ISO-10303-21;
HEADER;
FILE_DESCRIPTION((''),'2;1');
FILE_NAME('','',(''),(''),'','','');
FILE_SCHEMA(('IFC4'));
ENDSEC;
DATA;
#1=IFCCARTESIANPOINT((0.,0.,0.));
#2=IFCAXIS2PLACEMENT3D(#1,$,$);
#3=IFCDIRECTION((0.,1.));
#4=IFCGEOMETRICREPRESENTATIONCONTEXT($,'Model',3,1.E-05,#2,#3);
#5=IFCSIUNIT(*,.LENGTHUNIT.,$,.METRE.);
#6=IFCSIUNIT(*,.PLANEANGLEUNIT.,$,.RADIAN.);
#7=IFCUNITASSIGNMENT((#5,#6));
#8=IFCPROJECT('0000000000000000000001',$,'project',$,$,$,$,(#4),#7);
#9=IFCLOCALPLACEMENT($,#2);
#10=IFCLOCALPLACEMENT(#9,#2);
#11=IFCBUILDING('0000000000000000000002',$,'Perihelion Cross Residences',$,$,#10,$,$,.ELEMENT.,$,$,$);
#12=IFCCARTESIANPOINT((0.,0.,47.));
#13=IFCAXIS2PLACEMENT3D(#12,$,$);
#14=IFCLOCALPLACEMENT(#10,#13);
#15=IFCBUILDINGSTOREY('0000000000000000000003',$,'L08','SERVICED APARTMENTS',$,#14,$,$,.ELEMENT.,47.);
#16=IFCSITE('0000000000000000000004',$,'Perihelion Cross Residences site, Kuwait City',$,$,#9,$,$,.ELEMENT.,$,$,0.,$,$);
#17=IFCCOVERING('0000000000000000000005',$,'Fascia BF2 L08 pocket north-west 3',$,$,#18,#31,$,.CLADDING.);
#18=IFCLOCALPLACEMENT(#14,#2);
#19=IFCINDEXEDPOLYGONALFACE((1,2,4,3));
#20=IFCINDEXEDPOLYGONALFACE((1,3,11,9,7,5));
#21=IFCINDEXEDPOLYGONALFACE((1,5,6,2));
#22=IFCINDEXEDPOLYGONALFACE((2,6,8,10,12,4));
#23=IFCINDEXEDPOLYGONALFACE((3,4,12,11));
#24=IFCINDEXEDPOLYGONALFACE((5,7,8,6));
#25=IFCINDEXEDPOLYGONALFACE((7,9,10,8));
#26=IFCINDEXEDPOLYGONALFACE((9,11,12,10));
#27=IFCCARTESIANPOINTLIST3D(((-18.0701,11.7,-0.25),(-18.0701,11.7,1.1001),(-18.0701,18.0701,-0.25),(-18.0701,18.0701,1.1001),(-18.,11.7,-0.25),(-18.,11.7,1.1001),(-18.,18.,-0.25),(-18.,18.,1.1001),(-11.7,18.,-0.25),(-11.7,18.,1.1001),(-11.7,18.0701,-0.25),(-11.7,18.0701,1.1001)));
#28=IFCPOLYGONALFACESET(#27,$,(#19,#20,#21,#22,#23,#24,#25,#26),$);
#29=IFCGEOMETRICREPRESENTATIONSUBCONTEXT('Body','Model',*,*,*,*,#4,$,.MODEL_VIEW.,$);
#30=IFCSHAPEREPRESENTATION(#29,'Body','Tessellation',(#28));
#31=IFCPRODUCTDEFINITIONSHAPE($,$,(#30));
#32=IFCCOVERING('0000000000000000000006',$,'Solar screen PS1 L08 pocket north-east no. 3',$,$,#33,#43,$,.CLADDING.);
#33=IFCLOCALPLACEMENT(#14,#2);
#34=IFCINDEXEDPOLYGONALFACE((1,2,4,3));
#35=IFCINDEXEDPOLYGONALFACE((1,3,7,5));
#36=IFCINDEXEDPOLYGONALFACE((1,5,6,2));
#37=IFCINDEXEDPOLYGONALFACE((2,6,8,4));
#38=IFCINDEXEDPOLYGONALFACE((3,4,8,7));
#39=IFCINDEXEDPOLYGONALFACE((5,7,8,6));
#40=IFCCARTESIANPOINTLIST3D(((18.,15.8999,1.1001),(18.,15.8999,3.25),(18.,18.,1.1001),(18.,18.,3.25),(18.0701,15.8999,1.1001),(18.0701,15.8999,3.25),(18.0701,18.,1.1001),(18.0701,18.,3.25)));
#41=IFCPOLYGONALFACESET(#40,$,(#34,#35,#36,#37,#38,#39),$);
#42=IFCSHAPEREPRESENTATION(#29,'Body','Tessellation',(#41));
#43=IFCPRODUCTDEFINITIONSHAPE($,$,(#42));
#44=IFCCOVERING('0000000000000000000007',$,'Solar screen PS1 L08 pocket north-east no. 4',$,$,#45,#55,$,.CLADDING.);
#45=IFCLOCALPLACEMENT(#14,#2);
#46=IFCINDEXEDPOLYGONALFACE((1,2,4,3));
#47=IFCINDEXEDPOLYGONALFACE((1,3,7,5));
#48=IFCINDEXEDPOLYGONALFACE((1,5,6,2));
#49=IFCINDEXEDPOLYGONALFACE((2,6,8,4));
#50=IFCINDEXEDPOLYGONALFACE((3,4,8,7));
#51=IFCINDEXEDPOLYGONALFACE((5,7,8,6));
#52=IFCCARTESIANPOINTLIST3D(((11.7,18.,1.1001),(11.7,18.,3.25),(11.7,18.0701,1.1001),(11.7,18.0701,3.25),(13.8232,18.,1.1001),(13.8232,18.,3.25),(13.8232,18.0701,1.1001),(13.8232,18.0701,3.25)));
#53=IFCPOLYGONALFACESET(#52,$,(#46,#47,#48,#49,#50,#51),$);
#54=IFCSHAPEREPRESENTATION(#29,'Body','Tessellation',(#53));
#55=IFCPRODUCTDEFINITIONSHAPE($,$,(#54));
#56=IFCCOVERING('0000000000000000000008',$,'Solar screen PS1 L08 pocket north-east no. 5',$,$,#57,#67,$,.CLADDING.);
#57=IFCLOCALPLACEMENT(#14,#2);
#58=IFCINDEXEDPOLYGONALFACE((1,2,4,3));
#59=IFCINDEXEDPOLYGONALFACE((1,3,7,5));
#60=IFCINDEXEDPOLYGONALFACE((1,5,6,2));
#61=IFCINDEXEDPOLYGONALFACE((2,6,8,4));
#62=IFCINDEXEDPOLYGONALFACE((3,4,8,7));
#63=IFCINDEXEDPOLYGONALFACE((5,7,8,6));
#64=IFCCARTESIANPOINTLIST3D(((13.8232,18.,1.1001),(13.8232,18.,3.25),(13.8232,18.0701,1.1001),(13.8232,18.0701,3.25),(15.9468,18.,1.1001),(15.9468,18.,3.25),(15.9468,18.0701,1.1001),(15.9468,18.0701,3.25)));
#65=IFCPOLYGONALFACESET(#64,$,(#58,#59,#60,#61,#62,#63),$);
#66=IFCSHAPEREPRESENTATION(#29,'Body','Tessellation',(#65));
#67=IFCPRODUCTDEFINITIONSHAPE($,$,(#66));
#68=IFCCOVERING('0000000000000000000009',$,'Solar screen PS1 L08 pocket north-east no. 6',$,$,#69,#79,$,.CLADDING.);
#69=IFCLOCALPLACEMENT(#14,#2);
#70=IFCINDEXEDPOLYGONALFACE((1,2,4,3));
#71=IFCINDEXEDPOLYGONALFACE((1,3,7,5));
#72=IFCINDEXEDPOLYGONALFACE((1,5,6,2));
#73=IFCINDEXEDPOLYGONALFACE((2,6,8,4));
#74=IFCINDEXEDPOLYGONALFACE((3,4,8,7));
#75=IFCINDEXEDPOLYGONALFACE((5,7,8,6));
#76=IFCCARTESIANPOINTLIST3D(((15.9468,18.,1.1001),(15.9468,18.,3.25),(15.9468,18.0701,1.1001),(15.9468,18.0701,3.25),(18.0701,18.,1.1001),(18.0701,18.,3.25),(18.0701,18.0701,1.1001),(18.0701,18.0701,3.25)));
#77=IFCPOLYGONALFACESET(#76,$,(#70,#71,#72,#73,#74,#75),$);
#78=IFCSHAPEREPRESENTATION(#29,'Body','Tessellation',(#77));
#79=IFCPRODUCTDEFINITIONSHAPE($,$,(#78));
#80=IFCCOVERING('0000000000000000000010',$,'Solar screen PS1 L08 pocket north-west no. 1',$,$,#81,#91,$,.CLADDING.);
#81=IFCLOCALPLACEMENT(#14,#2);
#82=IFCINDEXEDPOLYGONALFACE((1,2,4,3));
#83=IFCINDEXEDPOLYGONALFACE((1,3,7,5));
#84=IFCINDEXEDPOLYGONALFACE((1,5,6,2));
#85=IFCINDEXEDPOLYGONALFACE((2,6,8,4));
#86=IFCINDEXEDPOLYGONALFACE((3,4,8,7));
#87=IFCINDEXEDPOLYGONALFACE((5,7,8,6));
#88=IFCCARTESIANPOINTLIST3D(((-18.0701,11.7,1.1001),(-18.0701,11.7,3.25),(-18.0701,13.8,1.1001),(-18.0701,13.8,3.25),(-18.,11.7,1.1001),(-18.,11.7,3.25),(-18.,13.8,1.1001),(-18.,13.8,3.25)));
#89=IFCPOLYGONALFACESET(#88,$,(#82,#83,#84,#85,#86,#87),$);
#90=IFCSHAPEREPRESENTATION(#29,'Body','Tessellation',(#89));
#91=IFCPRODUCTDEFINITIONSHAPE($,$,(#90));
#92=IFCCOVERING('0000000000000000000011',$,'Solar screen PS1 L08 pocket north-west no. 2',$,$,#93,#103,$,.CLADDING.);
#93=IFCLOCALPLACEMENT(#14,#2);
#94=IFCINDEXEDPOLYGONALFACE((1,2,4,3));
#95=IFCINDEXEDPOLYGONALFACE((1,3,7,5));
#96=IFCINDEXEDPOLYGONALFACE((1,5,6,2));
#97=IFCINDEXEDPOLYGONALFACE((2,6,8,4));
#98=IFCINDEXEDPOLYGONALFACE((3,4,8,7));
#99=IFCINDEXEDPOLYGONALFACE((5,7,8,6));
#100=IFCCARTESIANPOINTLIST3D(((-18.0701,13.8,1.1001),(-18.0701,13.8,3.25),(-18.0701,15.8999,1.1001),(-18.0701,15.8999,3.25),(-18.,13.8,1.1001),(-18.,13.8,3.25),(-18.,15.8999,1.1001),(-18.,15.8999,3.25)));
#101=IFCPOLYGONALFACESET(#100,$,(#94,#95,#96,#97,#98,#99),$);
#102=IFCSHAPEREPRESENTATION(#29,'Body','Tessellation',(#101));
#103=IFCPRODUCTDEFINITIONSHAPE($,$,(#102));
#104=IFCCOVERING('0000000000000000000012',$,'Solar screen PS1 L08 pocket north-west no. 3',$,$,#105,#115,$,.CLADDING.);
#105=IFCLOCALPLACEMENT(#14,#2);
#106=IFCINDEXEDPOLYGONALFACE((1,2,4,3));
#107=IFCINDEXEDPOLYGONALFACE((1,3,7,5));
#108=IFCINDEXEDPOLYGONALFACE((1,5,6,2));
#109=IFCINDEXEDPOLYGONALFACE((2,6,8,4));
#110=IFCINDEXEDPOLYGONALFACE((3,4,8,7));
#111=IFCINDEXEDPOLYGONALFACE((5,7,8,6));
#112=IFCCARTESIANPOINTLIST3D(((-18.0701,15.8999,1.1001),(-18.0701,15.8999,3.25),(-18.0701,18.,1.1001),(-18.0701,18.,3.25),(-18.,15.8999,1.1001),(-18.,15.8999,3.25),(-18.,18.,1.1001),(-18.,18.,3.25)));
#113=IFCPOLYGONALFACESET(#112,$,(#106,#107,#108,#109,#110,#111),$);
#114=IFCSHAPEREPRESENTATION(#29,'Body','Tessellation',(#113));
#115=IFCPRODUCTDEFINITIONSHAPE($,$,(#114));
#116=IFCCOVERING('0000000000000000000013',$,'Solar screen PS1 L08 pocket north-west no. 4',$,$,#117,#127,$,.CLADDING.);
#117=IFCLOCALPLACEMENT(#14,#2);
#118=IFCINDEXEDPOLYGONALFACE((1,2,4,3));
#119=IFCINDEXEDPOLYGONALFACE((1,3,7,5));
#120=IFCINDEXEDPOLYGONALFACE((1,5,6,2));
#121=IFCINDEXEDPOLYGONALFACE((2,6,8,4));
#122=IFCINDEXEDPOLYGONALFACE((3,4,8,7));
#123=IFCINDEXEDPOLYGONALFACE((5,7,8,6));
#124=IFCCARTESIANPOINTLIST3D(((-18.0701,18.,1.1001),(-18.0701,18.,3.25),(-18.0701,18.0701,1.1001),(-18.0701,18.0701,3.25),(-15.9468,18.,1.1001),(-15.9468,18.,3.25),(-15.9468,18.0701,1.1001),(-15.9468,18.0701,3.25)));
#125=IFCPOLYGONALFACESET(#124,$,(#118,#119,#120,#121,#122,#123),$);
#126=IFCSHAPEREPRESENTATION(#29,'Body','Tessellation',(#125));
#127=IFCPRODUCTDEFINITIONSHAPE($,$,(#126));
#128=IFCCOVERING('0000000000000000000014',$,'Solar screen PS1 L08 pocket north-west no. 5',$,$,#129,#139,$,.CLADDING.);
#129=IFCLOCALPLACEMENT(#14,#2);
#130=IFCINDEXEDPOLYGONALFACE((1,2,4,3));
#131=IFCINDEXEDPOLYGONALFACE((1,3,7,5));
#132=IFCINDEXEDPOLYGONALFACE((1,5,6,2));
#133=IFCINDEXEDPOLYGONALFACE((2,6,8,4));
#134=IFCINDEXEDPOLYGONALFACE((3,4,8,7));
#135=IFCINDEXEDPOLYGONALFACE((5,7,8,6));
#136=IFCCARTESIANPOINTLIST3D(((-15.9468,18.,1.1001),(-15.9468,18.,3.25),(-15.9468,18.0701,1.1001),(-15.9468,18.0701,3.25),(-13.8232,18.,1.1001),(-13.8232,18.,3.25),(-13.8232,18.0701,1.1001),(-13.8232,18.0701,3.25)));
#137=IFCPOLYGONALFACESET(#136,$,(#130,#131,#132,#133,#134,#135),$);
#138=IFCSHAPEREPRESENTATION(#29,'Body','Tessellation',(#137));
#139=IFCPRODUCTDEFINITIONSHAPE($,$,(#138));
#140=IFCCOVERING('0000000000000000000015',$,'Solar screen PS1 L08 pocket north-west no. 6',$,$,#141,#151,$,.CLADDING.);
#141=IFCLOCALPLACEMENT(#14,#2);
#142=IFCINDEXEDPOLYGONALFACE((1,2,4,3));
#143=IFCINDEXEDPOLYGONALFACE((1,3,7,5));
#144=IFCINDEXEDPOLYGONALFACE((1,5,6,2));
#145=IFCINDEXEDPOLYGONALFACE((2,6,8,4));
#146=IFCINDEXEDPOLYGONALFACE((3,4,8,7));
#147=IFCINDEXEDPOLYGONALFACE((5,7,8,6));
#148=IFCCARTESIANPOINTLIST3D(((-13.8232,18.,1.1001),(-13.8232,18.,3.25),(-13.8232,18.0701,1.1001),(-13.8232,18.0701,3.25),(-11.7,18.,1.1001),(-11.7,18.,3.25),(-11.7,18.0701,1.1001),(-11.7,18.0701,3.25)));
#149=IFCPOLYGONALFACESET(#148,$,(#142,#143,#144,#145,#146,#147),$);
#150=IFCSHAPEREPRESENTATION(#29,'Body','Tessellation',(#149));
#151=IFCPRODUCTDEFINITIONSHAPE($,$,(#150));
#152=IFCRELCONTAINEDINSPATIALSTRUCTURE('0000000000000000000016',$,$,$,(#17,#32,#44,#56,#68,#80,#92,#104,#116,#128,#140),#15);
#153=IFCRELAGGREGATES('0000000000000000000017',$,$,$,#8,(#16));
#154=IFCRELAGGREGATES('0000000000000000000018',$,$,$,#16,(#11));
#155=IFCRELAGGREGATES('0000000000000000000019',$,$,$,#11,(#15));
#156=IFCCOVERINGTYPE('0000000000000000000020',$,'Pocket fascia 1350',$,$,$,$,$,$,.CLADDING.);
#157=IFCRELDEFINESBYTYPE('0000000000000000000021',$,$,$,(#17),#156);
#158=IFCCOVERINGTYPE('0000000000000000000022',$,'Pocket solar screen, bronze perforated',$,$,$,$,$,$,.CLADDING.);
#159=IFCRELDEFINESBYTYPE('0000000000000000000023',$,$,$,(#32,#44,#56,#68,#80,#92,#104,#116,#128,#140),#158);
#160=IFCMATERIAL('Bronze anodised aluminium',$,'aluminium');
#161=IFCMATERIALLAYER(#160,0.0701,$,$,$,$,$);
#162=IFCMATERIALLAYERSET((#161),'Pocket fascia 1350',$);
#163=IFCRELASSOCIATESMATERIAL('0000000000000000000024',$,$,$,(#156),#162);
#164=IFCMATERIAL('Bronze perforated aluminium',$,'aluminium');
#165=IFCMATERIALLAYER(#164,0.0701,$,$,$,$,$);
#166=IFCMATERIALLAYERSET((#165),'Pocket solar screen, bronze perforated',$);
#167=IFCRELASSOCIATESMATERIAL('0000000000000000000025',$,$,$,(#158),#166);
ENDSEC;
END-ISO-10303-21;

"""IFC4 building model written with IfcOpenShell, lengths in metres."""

from ifc_helpers import new_model, si_unit, direction, frame, origin, place, context, subcontext, project, spatial, polyline, outline, extrude, material, layer, layer_set, type_object, element, save


model = new_model("IFC4")

# Units and contexts
model_context = context("Model", 3, precision=1e-05, world=origin(), true_north=direction((0.0, 1.0)))
body_context = subcontext(model_context, "Body", "Model", "MODEL_VIEW")
ifc_project = project(units=[si_unit("LENGTHUNIT", "METRE"), si_unit("PLANEANGLEUNIT", "RADIAN")], contexts=[model_context])

# Site, building, storey
site_placement = place(None, origin())
site = spatial("IfcSite", under=ifc_project, at=site_placement, Name="Perihelion Cross Residences site, Kuwait City", CompositionType="ELEMENT", RefElevation=0.0)
building_placement = place(site_placement, origin())
building = spatial("IfcBuilding", under=site, at=building_placement, Name="Perihelion Cross Residences", CompositionType="ELEMENT")
storey_placement = place(building_placement, frame((0.0, 0.0, 47.0)))
storey = spatial("IfcBuildingStorey", under=building, at=storey_placement, Name="L08", Description="SERVICED APARTMENTS", CompositionType="ELEMENT", Elevation=47.0)

# Coverings
ifc_material_1 = material(Name="Bronze anodised aluminium", Category="aluminium")
ifc_layer_1 = layer(ifc_material_1, 0.0701)
ifc_layer_set_1 = layer_set([ifc_layer_1], Name="Pocket fascia 1350")
covering_type_1 = type_object("IfcCoveringType", Name="Pocket fascia 1350", PredefinedType="CLADDING", material=ifc_layer_set_1)
covering_1_placement = place(storey_placement, frame((0.0, 0.0, -0.25)))
element("IfcCovering", 1, at=covering_1_placement, inside=storey, type_object=covering_type_1, Name="Fascia BF2 L08 pocket north-west 3", PredefinedType="CLADDING", context=body_context, shape_type="SweptSolid", body=[
    extrude(outline(polyline([(-18.0701, 18.0701), (-18.0701, 11.7), (-18.0, 11.7), (-18.0, 18.0), (-11.7, 18.0), (-11.7, 18.0701), (-18.0701, 18.0701)])), origin(), (0.0, 0.0, 1.0), 1.3501),
])
ifc_material_2 = material(Name="Bronze perforated aluminium", Category="aluminium")
ifc_layer_2 = layer(ifc_material_2, 0.0701)
ifc_layer_set_2 = layer_set([ifc_layer_2], Name="Pocket solar screen, bronze perforated")
covering_type_2 = type_object("IfcCoveringType", Name="Pocket solar screen, bronze perforated", PredefinedType="CLADDING", material=ifc_layer_set_2)
covering_2_placement = place(storey_placement, frame((0.0, 0.0, 1.1001)))
element("IfcCovering", 2, at=covering_2_placement, inside=storey, type_object=covering_type_2, Name="Solar screen PS1 L08 pocket north-east no. 3", PredefinedType="CLADDING", context=body_context, shape_type="SweptSolid", body=[
    extrude(outline(polyline([(18.0701, 15.8999), (18.0701, 18.0), (18.0, 18.0), (18.0, 15.8999), (18.0701, 15.8999)])), origin(), (0.0, 0.0, 1.0), 2.1499),
])
covering_3_placement = place(storey_placement, frame((0.0, 0.0, 1.1001)))
element("IfcCovering", 3, at=covering_3_placement, inside=storey, type_object=covering_type_2, Name="Solar screen PS1 L08 pocket north-east no. 4", PredefinedType="CLADDING", context=body_context, shape_type="SweptSolid", body=[
    extrude(outline(polyline([(13.8232, 18.0), (13.8232, 18.0701), (11.7, 18.0701), (11.7, 18.0), (13.8232, 18.0)])), origin(), (0.0, 0.0, 1.0), 2.1499),
])
covering_4_placement = place(storey_placement, frame((0.0, 0.0, 1.1001)))
element("IfcCovering", 4, at=covering_4_placement, inside=storey, type_object=covering_type_2, Name="Solar screen PS1 L08 pocket north-east no. 5", PredefinedType="CLADDING", context=body_context, shape_type="SweptSolid", body=[
    extrude(outline(polyline([(15.9468, 18.0), (15.9468, 18.0701), (13.8232, 18.0701), (13.8232, 18.0), (15.9468, 18.0)])), origin(), (0.0, 0.0, 1.0), 2.1499),
])
covering_5_placement = place(storey_placement, frame((0.0, 0.0, 1.1001)))
element("IfcCovering", 5, at=covering_5_placement, inside=storey, type_object=covering_type_2, Name="Solar screen PS1 L08 pocket north-east no. 6", PredefinedType="CLADDING", context=body_context, shape_type="SweptSolid", body=[
    extrude(outline(polyline([(18.0701, 18.0), (18.0701, 18.0701), (15.9468, 18.0701), (15.9468, 18.0), (18.0701, 18.0)])), origin(), (0.0, 0.0, 1.0), 2.1499),
])
covering_6_placement = place(storey_placement, frame((0.0, 0.0, 1.1001)))
element("IfcCovering", 6, at=covering_6_placement, inside=storey, type_object=covering_type_2, Name="Solar screen PS1 L08 pocket north-west no. 1", PredefinedType="CLADDING", context=body_context, shape_type="SweptSolid", body=[
    extrude(outline(polyline([(-18.0, 11.7), (-18.0, 13.8), (-18.0701, 13.8), (-18.0701, 11.7), (-18.0, 11.7)])), origin(), (0.0, 0.0, 1.0), 2.1499),
])
covering_7_placement = place(storey_placement, frame((0.0, 0.0, 1.1001)))
element("IfcCovering", 7, at=covering_7_placement, inside=storey, type_object=covering_type_2, Name="Solar screen PS1 L08 pocket north-west no. 2", PredefinedType="CLADDING", context=body_context, shape_type="SweptSolid", body=[
    extrude(outline(polyline([(-18.0, 13.8), (-18.0, 15.8999), (-18.0701, 15.8999), (-18.0701, 13.8), (-18.0, 13.8)])), origin(), (0.0, 0.0, 1.0), 2.1499),
])
covering_8_placement = place(storey_placement, frame((0.0, 0.0, 1.1001)))
element("IfcCovering", 8, at=covering_8_placement, inside=storey, type_object=covering_type_2, Name="Solar screen PS1 L08 pocket north-west no. 3", PredefinedType="CLADDING", context=body_context, shape_type="SweptSolid", body=[
    extrude(outline(polyline([(-18.0, 15.8999), (-18.0, 18.0), (-18.0701, 18.0), (-18.0701, 15.8999), (-18.0, 15.8999)])), origin(), (0.0, 0.0, 1.0), 2.1499),
])
covering_9_placement = place(storey_placement, frame((0.0, 0.0, 1.1001)))
element("IfcCovering", 9, at=covering_9_placement, inside=storey, type_object=covering_type_2, Name="Solar screen PS1 L08 pocket north-west no. 4", PredefinedType="CLADDING", context=body_context, shape_type="SweptSolid", body=[
    extrude(outline(polyline([(-15.9468, 18.0), (-15.9468, 18.0701), (-18.0701, 18.0701), (-18.0701, 18.0), (-15.9468, 18.0)])), origin(), (0.0, 0.0, 1.0), 2.1499),
])
covering_10_placement = place(storey_placement, frame((0.0, 0.0, 1.1001)))
element("IfcCovering", 10, at=covering_10_placement, inside=storey, type_object=covering_type_2, Name="Solar screen PS1 L08 pocket north-west no. 5", PredefinedType="CLADDING", context=body_context, shape_type="SweptSolid", body=[
    extrude(outline(polyline([(-13.8232, 18.0), (-13.8232, 18.0701), (-15.9468, 18.0701), (-15.9468, 18.0), (-13.8232, 18.0)])), origin(), (0.0, 0.0, 1.0), 2.1499),
])
covering_11_placement = place(storey_placement, frame((0.0, 0.0, 1.1001)))
element("IfcCovering", 11, at=covering_11_placement, inside=storey, type_object=covering_type_2, Name="Solar screen PS1 L08 pocket north-west no. 6", PredefinedType="CLADDING", context=body_context, shape_type="SweptSolid", body=[
    extrude(outline(polyline([(-11.7, 18.0), (-11.7, 18.0701), (-13.8232, 18.0701), (-13.8232, 18.0), (-11.7, 18.0)])), origin(), (0.0, 0.0, 1.0), 2.1499),
])

save(model, "model.ifc")
